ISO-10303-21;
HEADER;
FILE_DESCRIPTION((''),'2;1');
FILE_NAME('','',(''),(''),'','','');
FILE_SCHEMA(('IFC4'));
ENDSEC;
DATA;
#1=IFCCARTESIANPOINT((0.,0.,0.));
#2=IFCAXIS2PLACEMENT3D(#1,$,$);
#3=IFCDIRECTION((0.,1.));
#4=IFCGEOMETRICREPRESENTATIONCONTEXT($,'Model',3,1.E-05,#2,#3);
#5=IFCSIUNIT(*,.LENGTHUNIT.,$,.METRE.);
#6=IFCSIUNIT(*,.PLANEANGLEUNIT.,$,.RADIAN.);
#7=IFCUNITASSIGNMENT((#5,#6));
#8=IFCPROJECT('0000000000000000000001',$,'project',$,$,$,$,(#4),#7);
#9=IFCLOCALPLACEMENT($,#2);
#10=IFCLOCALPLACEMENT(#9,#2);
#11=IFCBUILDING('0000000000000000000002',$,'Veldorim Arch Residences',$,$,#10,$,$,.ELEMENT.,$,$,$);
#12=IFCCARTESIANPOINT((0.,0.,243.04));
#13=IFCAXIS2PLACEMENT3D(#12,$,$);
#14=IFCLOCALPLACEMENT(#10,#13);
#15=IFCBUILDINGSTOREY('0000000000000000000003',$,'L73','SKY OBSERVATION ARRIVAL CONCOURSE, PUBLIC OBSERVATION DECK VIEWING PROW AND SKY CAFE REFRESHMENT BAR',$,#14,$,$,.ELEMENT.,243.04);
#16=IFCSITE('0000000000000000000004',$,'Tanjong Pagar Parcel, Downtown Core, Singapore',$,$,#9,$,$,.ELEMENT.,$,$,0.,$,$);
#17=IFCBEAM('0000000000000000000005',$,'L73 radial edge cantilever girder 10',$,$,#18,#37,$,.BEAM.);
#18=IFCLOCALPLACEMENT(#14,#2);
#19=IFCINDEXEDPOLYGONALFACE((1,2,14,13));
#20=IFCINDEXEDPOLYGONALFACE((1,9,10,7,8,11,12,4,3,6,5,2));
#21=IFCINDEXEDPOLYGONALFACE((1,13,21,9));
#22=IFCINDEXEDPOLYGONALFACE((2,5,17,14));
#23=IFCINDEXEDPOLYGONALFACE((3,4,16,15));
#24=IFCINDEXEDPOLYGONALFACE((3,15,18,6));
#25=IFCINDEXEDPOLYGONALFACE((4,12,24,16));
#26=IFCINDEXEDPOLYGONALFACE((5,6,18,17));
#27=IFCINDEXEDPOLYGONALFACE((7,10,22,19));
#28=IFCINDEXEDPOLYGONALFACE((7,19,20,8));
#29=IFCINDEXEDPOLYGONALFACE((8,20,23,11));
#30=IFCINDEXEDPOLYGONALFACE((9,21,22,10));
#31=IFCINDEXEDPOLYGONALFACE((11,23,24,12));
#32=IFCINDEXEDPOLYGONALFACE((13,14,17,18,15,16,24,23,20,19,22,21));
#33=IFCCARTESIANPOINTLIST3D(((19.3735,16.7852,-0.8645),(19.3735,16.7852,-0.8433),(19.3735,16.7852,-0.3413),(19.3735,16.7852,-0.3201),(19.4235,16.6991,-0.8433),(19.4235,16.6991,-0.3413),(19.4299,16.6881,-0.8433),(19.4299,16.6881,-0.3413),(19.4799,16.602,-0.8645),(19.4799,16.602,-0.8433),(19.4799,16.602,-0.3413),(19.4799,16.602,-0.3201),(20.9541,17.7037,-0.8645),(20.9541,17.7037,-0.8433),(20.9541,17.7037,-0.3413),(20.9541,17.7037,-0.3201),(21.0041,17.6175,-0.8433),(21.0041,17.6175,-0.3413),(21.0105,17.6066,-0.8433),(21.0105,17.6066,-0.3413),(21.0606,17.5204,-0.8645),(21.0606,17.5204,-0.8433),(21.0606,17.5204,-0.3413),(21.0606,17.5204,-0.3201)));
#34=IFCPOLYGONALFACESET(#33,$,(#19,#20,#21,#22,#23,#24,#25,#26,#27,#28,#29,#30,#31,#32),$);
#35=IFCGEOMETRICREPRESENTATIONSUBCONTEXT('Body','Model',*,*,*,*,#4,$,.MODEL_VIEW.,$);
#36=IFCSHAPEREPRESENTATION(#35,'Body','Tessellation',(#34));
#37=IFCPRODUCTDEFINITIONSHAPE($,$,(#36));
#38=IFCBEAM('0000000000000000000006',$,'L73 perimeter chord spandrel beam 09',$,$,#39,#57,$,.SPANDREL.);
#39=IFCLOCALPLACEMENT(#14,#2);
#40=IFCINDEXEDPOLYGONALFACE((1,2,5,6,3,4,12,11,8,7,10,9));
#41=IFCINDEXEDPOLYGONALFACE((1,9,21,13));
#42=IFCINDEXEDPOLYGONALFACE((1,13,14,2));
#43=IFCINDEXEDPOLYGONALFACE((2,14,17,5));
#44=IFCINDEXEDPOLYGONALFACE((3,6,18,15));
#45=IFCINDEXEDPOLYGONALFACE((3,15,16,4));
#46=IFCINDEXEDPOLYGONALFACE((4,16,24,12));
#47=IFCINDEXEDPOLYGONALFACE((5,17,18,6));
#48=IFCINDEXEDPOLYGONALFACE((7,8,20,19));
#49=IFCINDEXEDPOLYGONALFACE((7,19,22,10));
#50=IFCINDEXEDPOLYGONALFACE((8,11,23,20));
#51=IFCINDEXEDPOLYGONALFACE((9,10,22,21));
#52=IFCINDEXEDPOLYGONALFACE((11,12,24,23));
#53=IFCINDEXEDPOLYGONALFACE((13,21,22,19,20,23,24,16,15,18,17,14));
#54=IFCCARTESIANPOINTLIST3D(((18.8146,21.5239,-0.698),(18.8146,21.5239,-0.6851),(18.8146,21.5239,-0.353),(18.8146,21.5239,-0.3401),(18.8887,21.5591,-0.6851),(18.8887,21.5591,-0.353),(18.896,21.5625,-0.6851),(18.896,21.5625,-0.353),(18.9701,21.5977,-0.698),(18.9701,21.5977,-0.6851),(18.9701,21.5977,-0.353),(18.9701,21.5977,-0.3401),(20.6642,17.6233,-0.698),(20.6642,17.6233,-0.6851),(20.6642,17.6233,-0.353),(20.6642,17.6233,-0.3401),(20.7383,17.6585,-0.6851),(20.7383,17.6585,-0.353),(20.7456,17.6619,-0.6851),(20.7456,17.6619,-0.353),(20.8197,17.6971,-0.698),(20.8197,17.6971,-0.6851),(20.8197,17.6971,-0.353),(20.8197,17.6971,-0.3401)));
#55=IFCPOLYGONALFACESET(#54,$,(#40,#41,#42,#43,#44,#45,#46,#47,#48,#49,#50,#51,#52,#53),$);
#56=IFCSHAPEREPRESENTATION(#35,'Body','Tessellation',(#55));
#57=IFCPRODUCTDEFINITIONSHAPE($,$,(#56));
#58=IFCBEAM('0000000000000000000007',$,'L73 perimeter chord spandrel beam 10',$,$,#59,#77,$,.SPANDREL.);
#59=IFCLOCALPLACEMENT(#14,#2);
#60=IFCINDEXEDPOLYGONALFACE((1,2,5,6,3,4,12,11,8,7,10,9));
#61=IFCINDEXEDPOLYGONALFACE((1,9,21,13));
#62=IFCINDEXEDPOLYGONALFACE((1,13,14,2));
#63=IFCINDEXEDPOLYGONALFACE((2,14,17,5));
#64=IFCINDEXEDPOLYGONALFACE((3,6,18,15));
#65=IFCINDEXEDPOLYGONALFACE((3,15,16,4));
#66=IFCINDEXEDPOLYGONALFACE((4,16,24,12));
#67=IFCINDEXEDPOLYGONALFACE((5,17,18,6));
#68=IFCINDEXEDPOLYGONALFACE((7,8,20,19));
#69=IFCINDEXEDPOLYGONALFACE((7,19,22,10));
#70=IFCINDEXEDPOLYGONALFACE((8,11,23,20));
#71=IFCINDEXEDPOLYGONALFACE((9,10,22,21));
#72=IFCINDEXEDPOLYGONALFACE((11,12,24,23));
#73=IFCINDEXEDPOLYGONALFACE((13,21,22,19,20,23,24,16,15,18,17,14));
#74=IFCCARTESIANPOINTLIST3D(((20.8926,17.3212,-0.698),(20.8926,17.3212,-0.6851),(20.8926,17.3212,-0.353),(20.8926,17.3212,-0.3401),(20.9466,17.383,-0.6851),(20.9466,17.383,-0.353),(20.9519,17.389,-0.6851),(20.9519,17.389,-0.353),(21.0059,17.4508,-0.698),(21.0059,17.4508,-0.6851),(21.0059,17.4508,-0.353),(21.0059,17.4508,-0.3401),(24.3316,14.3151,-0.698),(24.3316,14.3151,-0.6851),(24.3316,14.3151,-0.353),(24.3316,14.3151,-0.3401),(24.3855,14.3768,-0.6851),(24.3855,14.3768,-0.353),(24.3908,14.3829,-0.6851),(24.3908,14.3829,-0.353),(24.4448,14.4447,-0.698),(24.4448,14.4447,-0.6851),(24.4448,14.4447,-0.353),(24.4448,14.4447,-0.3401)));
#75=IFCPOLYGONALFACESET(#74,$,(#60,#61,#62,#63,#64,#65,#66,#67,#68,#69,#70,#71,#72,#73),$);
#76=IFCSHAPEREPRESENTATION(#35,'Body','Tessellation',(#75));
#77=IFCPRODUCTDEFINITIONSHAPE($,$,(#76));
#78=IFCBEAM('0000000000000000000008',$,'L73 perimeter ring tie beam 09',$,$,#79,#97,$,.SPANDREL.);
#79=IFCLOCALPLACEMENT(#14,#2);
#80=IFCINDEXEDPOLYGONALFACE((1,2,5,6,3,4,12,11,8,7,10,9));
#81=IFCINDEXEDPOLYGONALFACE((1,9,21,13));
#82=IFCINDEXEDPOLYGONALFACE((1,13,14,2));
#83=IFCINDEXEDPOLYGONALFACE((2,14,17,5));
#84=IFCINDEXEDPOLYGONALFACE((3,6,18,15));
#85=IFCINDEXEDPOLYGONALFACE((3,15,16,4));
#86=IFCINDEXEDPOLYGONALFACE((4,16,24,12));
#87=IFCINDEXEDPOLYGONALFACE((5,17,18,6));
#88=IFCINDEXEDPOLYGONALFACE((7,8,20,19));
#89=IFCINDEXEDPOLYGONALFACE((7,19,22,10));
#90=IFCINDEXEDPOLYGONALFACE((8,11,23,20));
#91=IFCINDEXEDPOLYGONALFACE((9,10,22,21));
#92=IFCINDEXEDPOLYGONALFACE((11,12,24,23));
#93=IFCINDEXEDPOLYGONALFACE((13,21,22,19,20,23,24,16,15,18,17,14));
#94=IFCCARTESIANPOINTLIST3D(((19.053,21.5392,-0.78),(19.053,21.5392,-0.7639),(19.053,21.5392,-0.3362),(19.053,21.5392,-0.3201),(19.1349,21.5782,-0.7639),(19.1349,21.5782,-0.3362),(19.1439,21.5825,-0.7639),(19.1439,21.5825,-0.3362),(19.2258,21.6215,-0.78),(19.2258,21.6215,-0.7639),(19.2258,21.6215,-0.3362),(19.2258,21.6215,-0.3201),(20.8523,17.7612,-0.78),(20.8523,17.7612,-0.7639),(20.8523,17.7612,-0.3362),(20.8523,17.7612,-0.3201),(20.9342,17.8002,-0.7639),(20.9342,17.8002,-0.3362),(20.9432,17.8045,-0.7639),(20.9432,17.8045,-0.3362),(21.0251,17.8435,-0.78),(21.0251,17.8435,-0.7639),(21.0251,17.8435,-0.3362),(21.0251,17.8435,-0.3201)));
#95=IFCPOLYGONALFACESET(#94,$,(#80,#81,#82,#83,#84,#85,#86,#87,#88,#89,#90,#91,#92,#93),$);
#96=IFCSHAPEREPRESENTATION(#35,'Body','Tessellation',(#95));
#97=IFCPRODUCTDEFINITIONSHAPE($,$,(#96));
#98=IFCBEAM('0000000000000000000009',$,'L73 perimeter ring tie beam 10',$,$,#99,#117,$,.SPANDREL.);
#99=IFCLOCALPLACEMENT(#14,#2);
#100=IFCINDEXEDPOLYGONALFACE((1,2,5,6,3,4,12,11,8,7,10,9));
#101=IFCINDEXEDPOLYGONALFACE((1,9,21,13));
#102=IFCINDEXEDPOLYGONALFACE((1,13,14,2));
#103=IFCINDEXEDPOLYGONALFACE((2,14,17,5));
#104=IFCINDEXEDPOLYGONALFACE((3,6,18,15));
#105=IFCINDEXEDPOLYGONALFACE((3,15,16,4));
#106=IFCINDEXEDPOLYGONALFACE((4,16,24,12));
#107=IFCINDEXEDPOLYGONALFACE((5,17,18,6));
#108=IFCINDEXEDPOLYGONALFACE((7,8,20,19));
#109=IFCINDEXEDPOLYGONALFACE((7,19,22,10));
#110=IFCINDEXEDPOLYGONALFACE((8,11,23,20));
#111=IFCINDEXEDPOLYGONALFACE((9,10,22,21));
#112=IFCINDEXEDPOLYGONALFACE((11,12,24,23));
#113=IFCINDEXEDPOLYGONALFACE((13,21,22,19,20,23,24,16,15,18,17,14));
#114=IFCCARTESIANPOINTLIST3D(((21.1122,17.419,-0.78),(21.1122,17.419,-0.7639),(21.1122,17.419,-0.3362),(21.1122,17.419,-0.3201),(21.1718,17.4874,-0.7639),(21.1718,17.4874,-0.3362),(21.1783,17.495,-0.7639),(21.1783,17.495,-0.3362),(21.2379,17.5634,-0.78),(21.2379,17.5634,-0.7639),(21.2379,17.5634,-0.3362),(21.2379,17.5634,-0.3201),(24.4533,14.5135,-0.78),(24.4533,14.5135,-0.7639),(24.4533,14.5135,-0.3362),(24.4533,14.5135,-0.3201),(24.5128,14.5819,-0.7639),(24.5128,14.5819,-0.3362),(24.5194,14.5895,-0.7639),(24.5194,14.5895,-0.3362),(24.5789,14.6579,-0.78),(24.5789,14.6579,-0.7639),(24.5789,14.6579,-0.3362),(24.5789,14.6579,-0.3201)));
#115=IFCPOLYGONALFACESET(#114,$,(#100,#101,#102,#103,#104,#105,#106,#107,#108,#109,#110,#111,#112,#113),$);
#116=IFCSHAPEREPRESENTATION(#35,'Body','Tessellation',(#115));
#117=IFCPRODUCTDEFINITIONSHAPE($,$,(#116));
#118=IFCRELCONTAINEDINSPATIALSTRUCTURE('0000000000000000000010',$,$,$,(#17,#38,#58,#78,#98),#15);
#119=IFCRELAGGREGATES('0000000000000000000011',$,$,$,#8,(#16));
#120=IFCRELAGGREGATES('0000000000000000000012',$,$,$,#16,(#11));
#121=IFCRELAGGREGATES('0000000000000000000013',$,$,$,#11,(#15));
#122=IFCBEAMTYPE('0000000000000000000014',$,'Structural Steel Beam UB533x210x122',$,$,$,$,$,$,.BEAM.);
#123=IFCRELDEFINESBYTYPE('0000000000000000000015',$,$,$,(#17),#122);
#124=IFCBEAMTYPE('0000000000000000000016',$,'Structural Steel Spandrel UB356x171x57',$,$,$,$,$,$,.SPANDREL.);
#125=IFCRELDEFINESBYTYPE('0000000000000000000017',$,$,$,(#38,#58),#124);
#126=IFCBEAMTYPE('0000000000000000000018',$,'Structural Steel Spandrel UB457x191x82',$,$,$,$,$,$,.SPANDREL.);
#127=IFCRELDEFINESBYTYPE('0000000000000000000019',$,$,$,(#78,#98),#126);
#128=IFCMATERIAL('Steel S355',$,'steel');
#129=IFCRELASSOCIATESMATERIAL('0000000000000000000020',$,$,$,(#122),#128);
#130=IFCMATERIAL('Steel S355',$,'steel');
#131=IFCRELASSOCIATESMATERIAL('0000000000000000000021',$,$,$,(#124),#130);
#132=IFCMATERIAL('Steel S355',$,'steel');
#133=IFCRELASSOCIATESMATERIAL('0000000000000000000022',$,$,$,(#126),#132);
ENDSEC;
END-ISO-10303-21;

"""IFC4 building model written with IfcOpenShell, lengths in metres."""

from ifc_helpers import new_model, si_unit, direction, frame, origin, origin_2d, place, context, subcontext, project, spatial, i_section, extrude, material, material_profile, profile_set, type_object, element, save


model = new_model("IFC4")

# Units and contexts
model_context = context("Model", 3, precision=1e-05, world=origin(), true_north=direction((0.0, 1.0)))
body_context = subcontext(model_context, "Body", "Model", "MODEL_VIEW")
ifc_project = project(units=[si_unit("LENGTHUNIT", "METRE"), si_unit("PLANEANGLEUNIT", "RADIAN")], contexts=[model_context])

# Site, building, storey
site_placement = place(None, origin())
site = spatial("IfcSite", under=ifc_project, at=site_placement, Name="Tanjong Pagar Parcel, Downtown Core, Singapore", CompositionType="ELEMENT", RefElevation=0.0)
building_placement = place(site_placement, origin())
building = spatial("IfcBuilding", under=site, at=building_placement, Name="Veldorim Arch Residences", CompositionType="ELEMENT")
storey_placement = place(building_placement, frame((0.0, 0.0, 243.04)))
storey = spatial("IfcBuildingStorey", under=building, at=storey_placement, Name="L73", Description="SKY OBSERVATION ARRIVAL CONCOURSE, PUBLIC OBSERVATION DECK VIEWING PROW AND SKY CAFE REFRESHMENT BAR", CompositionType="ELEMENT", Elevation=243.04)

# Beams
ifc_material_1 = material(Name="Steel S355", Category="steel")
ifc_material_profile_1 = material_profile(ifc_material_1, i_section(OverallWidth=0.2119, OverallDepth=0.5444, WebThickness=0.0127, FlangeThickness=0.0212, at=origin_2d()), Name="UB533x210x122")
ifc_profile_set_1 = profile_set([ifc_material_profile_1], Name="Steel S355")
beam_type_1 = type_object("IfcBeamType", Name="Structural Steel Beam UB533x210x122", PredefinedType="BEAM", material=ifc_profile_set_1)
beam_1_placement = place(storey_placement, frame((21.0073, 17.6121, -0.5923), z_axis=(-0.864621, -0.502425, 0.0), x_axis=(0.502425, -0.864621, 0.0)))
element("IfcBeam", 1, at=beam_1_placement, inside=storey, type_object=beam_type_1, Name="L73 radial edge cantilever girder 10", PredefinedType="BEAM", context=body_context, shape_type="SweptSolid", body=[
    extrude(i_section(OverallWidth=0.2119, OverallDepth=0.5444, WebThickness=0.0127, FlangeThickness=0.0212, at=origin_2d()), origin(), (0.0, 0.0, 1.0), 1.8281),
])
ifc_material_2 = material(Name="Steel S355", Category="steel")
ifc_material_profile_2 = material_profile(ifc_material_2, i_section(OverallWidth=0.1721, OverallDepth=0.3579, WebThickness=0.0081, FlangeThickness=0.0129, at=origin_2d()), Name="UB356x171x57")
ifc_profile_set_2 = profile_set([ifc_material_profile_2], Name="Steel S355")
beam_type_2 = type_object("IfcBeamType", Name="Structural Steel Spandrel UB356x171x57", PredefinedType="SPANDREL", material=ifc_profile_set_2)
beam_2_placement = place(storey_placement, frame((18.8923, 21.5608, -0.519), z_axis=(0.428453, -0.903564, 0.0), x_axis=(0.903564, 0.428453, 0.0)))
element("IfcBeam", 2, at=beam_2_placement, inside=storey, type_object=beam_type_2, Name="L73 perimeter chord spandrel beam 09", PredefinedType="SPANDREL", context=body_context, shape_type="SweptSolid", body=[
    extrude(i_section(OverallWidth=0.1721, OverallDepth=0.3579, WebThickness=0.0081, FlangeThickness=0.0129, at=origin_2d()), origin(), (0.0, 0.0, 1.0), 4.3169),
])
beam_3_placement = place(storey_placement, frame((20.9492, 17.386, -0.519), z_axis=(0.752901, -0.658134, 0.0), x_axis=(0.658134, 0.752901, 0.0)))
element("IfcBeam", 3, at=beam_3_placement, inside=storey, type_object=beam_type_2, Name="L73 perimeter chord spandrel beam 10", PredefinedType="SPANDREL", context=body_context, shape_type="SweptSolid", body=[
    extrude(i_section(OverallWidth=0.1721, OverallDepth=0.3579, WebThickness=0.0081, FlangeThickness=0.0129, at=origin_2d()), origin(), (0.0, 0.0, 1.0), 4.5676),
])
ifc_material_3 = material(Name="Steel S355", Category="steel")
ifc_material_profile_3 = material_profile(ifc_material_3, i_section(OverallWidth=0.1914, OverallDepth=0.46, WebThickness=0.01, FlangeThickness=0.0161, at=origin_2d()), Name="UB457x191x82")
ifc_profile_set_3 = profile_set([ifc_material_profile_3], Name="Steel S355")
beam_type_3 = type_object("IfcBeamType", Name="Structural Steel Spandrel UB457x191x82", PredefinedType="SPANDREL", material=ifc_profile_set_3)
beam_4_placement = place(storey_placement, frame((19.1394, 21.5803, -0.55), z_axis=(0.429979, -0.902839, 0.0), x_axis=(0.902839, 0.429979, 0.0)))
element("IfcBeam", 4, at=beam_4_placement, inside=storey, type_object=beam_type_3, Name="L73 perimeter ring tie beam 09", PredefinedType="SPANDREL", context=body_context, shape_type="SweptSolid", body=[
    extrude(i_section(OverallWidth=0.1914, OverallDepth=0.46, WebThickness=0.01, FlangeThickness=0.0161, at=origin_2d()), origin(), (0.0, 0.0, 1.0), 4.1846),
])
beam_5_placement = place(storey_placement, frame((21.175, 17.4912, -0.55), z_axis=(0.754578, -0.65621, 0.0), x_axis=(0.65621, 0.754578, 0.0)))
element("IfcBeam", 5, at=beam_5_placement, inside=storey, type_object=beam_type_3, Name="L73 perimeter ring tie beam 10", PredefinedType="SPANDREL", context=body_context, shape_type="SweptSolid", body=[
    extrude(i_section(OverallWidth=0.1914, OverallDepth=0.46, WebThickness=0.01, FlangeThickness=0.0161, at=origin_2d()), origin(), (0.0, 0.0, 1.0), 4.4277),
])

save(model, "model.ifc")
